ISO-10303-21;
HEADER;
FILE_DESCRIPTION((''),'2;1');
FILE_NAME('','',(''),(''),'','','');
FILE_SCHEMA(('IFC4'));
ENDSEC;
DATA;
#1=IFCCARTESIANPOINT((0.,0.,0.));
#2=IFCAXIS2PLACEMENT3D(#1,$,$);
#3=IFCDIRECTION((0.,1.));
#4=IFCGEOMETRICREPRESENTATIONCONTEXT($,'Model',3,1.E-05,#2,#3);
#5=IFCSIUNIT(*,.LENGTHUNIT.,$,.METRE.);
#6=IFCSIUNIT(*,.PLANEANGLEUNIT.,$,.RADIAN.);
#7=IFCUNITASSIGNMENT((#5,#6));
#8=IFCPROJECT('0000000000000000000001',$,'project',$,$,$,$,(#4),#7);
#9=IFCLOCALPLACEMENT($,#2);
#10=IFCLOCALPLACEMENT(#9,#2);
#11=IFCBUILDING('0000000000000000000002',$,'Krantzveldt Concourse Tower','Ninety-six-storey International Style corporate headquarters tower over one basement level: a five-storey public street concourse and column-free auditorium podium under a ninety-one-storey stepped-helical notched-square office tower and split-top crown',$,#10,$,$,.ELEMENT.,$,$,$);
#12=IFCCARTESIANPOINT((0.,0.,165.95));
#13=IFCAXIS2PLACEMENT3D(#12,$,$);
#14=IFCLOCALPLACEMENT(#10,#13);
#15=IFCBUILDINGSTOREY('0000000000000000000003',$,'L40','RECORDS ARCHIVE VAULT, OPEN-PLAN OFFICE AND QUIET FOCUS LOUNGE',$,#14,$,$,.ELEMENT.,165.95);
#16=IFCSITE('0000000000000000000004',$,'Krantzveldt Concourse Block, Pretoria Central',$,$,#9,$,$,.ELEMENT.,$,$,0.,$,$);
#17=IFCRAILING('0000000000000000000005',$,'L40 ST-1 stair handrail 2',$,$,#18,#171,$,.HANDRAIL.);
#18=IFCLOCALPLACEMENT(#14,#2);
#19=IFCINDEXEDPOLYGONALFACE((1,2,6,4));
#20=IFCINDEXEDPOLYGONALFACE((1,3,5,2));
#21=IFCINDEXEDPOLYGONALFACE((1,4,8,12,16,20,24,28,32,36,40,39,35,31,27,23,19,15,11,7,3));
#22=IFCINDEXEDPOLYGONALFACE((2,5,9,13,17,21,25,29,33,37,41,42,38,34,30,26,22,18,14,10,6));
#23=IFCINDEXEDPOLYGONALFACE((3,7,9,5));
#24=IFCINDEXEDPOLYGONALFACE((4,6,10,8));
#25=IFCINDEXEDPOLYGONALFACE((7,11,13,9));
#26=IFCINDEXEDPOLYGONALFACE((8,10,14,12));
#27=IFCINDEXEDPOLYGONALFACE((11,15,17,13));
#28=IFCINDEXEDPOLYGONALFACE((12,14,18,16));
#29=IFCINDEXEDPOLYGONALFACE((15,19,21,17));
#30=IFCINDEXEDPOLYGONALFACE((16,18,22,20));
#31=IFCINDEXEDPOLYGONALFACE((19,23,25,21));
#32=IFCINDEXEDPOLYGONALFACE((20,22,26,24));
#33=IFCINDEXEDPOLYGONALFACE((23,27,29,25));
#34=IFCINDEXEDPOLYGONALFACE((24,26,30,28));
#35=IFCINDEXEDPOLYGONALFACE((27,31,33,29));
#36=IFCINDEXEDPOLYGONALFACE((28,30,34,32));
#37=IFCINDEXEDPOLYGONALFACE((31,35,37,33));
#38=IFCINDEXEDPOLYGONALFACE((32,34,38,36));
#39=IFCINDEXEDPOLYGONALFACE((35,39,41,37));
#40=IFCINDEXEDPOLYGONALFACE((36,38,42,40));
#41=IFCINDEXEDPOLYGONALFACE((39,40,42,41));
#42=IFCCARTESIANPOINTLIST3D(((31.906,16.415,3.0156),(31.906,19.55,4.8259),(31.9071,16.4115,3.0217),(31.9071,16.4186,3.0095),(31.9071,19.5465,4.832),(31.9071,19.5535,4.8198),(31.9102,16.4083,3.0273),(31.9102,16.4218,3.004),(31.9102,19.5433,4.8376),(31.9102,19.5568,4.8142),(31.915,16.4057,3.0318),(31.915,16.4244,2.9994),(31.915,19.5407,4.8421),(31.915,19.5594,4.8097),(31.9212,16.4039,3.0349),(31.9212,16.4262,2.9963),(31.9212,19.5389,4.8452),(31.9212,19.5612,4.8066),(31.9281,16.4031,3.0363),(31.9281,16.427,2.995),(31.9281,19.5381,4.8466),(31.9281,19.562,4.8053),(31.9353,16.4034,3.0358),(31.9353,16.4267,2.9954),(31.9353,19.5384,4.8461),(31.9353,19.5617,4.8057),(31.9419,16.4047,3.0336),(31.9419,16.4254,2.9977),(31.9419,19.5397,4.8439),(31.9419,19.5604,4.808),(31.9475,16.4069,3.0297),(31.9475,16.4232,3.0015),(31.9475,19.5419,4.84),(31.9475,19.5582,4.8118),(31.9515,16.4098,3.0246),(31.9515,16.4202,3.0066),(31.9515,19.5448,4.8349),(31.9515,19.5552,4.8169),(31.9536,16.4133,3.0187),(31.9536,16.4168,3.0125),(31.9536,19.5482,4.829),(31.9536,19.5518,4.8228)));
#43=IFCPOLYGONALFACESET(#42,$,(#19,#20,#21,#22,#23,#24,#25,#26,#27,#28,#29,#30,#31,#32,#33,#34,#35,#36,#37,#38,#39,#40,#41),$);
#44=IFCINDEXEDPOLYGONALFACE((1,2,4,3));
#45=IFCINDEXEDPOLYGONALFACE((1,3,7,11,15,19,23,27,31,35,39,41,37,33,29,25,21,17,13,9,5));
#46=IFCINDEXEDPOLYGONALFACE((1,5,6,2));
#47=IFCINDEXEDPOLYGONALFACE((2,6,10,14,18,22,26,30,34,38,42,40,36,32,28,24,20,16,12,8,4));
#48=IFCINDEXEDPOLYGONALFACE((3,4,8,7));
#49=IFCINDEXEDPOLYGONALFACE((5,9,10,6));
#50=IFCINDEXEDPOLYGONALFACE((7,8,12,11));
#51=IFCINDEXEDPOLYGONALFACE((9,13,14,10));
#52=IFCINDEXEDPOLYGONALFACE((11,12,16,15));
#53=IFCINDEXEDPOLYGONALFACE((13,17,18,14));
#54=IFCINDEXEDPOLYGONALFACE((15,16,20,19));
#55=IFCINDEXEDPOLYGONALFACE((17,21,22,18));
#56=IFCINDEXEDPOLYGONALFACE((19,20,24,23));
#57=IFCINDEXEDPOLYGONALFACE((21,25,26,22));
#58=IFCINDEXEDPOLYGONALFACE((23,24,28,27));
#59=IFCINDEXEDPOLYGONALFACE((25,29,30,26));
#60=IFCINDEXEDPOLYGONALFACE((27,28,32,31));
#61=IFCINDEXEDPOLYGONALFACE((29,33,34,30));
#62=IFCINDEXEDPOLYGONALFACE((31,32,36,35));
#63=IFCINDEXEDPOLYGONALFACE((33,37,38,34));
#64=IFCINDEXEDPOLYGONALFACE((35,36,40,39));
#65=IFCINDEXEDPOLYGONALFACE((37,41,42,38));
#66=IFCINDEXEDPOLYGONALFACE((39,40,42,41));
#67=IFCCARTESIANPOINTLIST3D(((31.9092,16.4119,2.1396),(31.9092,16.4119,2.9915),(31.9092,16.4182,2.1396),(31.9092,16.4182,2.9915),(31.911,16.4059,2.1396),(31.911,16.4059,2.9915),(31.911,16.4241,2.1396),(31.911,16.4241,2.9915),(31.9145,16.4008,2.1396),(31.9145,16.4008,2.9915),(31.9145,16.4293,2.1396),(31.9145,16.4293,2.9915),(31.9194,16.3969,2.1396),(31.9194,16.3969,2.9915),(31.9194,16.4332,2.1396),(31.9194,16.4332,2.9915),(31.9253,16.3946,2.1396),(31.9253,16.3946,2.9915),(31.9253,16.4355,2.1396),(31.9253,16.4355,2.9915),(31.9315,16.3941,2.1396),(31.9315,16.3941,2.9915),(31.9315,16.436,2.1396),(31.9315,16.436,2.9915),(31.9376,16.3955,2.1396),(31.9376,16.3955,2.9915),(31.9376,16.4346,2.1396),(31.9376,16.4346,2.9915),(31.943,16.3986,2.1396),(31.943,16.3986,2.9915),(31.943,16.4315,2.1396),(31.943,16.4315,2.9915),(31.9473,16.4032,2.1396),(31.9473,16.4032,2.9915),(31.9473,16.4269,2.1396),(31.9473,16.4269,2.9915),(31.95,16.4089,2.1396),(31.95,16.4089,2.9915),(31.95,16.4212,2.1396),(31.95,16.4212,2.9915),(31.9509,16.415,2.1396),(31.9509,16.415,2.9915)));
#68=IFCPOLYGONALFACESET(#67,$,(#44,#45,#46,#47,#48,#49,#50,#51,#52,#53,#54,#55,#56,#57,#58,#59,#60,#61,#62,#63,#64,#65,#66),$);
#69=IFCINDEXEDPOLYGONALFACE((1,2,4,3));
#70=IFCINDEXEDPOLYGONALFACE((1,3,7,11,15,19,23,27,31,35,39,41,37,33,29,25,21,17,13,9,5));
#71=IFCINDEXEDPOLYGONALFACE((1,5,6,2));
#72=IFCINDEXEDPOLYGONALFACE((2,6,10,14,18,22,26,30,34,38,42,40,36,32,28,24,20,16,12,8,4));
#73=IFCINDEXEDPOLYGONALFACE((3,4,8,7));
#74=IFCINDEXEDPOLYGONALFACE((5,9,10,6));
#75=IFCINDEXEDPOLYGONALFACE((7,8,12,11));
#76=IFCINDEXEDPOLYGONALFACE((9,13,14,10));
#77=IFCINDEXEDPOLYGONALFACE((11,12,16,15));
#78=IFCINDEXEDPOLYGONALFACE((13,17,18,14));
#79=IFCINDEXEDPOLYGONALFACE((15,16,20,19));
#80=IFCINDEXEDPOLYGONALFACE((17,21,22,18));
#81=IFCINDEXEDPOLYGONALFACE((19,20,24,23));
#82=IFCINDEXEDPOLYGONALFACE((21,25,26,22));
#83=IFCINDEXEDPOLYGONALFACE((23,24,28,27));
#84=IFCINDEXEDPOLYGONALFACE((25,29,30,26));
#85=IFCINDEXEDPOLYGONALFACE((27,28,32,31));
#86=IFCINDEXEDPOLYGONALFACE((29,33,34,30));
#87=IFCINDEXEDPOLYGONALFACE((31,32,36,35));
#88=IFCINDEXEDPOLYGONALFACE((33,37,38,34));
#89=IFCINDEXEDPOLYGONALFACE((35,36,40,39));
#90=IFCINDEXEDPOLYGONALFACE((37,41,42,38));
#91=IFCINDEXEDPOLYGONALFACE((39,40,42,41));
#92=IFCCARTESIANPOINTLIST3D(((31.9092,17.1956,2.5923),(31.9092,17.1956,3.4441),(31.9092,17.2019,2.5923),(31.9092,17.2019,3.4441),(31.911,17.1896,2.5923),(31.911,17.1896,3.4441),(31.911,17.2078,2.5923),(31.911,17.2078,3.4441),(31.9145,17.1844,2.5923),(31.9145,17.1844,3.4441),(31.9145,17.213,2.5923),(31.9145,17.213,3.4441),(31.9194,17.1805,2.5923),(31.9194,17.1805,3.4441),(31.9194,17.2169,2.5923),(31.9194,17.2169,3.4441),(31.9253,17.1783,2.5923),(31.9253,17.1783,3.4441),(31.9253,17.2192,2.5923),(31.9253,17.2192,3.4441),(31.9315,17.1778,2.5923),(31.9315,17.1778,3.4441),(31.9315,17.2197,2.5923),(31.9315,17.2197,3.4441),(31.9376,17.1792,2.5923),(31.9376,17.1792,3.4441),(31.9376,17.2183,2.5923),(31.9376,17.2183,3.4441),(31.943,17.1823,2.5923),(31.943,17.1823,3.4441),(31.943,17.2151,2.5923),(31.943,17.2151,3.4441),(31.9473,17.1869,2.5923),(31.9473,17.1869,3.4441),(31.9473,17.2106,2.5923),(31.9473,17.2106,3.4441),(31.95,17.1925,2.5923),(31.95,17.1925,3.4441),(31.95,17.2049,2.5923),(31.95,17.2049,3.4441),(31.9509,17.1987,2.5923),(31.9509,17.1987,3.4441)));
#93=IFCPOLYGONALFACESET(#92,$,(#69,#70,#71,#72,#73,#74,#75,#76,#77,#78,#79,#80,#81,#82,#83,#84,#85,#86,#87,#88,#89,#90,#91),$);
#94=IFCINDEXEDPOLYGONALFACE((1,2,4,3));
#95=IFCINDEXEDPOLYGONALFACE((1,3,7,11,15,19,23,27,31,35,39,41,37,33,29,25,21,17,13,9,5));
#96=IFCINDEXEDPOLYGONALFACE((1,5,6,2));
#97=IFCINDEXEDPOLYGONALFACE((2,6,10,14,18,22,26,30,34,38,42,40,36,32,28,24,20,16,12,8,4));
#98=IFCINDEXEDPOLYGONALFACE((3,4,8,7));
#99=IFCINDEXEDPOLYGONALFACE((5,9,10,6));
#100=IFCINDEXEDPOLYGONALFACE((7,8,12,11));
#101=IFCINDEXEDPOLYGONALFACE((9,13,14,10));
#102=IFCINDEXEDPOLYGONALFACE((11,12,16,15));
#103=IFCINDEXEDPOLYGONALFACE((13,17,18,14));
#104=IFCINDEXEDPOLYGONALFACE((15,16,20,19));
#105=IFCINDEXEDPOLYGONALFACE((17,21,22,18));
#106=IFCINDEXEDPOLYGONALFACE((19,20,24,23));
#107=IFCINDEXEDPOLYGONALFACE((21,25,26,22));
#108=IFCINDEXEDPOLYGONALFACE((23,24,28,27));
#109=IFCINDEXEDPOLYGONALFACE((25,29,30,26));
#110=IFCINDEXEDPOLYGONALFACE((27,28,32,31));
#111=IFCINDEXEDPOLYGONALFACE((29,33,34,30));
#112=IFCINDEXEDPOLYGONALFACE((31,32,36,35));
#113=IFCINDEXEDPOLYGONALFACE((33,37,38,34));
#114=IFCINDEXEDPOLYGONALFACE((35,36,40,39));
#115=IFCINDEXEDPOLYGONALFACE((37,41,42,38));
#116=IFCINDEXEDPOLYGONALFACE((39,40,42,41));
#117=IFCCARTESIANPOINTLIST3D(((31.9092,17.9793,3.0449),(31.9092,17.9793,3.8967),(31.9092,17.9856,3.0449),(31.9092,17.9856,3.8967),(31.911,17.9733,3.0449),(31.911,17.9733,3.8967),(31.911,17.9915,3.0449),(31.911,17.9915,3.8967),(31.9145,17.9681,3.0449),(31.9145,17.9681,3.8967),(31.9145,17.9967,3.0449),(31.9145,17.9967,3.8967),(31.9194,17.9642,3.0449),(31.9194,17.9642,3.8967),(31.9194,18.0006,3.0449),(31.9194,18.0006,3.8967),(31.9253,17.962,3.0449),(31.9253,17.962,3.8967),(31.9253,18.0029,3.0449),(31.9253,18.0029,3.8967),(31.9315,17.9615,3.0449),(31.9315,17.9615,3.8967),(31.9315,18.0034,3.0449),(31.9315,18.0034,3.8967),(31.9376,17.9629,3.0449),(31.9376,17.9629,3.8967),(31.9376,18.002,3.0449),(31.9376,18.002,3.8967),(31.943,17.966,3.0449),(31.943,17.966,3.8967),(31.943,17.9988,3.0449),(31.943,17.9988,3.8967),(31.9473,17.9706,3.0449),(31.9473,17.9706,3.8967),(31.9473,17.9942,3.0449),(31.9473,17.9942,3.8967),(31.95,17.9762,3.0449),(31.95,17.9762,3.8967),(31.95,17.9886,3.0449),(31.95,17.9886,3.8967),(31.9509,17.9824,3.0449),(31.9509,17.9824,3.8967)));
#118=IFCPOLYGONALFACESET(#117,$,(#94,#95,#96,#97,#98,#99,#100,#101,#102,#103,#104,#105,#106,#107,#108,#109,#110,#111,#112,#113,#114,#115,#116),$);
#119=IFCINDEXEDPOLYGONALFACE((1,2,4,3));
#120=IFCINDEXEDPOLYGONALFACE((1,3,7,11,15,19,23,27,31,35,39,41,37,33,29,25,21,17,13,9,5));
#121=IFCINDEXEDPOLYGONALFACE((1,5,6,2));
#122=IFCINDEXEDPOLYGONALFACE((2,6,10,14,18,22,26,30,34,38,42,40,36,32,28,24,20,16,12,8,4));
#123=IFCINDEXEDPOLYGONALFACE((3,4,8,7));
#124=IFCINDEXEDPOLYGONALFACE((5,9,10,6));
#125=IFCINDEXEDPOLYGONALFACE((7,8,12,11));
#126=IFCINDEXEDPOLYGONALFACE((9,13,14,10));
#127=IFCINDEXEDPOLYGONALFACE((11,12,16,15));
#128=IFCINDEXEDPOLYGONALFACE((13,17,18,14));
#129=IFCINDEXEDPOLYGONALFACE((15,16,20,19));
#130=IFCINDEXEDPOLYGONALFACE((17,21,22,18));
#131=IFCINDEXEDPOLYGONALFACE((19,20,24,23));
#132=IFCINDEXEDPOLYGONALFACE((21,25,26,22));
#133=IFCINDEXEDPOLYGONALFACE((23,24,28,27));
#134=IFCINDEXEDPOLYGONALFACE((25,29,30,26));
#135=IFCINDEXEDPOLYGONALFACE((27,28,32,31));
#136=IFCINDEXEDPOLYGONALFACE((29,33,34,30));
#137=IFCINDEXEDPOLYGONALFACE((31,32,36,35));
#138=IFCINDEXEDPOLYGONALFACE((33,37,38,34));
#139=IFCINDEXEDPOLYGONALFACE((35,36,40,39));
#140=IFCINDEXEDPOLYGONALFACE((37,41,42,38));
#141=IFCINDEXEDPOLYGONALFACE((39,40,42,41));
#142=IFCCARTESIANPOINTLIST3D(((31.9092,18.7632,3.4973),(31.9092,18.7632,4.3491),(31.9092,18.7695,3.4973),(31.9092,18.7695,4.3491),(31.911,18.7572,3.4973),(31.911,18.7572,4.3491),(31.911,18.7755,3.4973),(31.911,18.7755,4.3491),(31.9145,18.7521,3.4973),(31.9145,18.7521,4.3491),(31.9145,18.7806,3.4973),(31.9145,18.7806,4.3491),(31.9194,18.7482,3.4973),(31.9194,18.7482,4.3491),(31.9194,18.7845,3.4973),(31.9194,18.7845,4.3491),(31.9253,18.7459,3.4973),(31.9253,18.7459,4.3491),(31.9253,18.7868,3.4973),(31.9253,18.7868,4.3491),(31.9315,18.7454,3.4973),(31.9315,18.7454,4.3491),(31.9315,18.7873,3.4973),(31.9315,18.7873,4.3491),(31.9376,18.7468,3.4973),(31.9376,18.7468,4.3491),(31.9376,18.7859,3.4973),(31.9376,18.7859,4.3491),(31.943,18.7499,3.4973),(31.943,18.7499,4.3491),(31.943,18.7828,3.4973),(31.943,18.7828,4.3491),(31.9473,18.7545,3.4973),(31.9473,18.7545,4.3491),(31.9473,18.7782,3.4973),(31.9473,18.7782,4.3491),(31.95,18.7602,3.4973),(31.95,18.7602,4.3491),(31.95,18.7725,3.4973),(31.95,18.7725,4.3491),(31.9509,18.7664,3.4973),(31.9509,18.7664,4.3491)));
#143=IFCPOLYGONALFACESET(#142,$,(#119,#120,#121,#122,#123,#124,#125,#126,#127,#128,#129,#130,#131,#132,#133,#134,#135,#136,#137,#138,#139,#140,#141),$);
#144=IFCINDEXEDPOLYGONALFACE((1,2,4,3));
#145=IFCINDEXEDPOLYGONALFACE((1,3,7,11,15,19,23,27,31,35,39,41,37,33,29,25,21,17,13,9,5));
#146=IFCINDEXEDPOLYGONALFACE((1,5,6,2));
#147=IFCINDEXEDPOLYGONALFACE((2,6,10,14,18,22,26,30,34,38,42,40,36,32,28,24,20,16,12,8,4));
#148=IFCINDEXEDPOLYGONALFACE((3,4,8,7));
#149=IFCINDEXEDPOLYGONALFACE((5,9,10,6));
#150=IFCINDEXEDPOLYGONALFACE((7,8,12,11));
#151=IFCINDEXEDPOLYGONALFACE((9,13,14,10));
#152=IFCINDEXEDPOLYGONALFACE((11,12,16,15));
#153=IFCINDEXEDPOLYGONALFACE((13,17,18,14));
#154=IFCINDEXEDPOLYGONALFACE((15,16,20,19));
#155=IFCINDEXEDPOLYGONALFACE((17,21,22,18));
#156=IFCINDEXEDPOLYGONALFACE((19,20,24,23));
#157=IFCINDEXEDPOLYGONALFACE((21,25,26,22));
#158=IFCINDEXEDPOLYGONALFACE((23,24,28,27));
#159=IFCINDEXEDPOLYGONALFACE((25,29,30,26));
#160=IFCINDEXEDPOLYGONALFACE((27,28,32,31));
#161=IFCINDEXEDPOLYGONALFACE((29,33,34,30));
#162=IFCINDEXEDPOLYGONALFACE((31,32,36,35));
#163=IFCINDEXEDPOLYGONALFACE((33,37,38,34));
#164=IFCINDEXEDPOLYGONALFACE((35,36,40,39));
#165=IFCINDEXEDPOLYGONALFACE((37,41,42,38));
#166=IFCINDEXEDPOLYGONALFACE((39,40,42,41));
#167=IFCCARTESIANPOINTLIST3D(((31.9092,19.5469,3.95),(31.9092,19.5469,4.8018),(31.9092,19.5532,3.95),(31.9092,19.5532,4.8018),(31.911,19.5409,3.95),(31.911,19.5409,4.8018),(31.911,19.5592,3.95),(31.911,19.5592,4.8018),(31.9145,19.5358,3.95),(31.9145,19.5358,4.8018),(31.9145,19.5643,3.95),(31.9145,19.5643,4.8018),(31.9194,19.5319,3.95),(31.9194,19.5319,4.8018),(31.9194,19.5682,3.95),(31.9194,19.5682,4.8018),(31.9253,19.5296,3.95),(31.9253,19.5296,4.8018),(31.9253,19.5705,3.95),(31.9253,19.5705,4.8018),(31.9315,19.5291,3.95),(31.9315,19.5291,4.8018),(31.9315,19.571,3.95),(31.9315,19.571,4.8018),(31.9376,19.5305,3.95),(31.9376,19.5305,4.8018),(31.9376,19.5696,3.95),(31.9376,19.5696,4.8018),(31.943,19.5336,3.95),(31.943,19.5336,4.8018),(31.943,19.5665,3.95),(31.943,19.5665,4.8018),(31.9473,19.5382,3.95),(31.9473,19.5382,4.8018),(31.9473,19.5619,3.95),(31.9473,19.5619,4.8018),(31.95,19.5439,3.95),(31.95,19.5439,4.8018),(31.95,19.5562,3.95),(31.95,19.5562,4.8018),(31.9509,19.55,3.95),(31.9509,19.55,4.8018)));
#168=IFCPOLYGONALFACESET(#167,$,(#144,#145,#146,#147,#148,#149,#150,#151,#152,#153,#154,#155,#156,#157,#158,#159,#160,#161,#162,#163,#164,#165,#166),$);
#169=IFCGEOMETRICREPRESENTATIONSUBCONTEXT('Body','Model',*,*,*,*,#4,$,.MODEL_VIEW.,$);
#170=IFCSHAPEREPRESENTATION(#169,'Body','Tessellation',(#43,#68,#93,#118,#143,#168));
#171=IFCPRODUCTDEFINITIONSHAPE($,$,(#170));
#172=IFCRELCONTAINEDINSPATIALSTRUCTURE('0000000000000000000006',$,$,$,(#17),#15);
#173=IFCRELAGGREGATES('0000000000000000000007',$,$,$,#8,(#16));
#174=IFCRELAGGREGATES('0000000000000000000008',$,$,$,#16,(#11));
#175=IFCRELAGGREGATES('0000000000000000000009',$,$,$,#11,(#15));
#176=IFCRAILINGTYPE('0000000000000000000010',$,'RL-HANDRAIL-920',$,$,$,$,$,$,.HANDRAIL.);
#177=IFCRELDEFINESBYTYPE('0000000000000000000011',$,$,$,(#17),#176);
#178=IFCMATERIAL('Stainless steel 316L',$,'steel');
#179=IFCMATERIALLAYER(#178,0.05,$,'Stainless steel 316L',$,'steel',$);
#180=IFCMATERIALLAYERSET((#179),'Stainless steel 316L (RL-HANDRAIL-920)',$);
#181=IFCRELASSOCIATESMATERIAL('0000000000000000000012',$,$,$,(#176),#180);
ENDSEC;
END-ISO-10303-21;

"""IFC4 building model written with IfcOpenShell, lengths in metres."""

from ifc_helpers import new_model, si_unit, direction, frame, origin, origin_2d, place, context, subcontext, project, spatial, circle, extrude, material, layer, layer_set, type_object, element, save


model = new_model("IFC4")

# Units and contexts
model_context = context("Model", 3, precision=1e-05, world=origin(), true_north=direction((0.0, 1.0)))
body_context = subcontext(model_context, "Body", "Model", "MODEL_VIEW")
ifc_project = project(units=[si_unit("LENGTHUNIT", "METRE"), si_unit("PLANEANGLEUNIT", "RADIAN")], contexts=[model_context])

# Site, building, storey
site_placement = place(None, origin())
site = spatial("IfcSite", under=ifc_project, at=site_placement, Name="Krantzveldt Concourse Block, Pretoria Central", CompositionType="ELEMENT", RefElevation=0.0)
building_placement = place(site_placement, origin())
building = spatial("IfcBuilding", under=site, at=building_placement, Name="Krantzveldt Concourse Tower", Description="Ninety-six-storey International Style corporate headquarters tower over one basement level: a five-storey public street concourse and column-free auditorium podium under a ninety-one-storey stepped-helical notched-square office tower and split-top crown", CompositionType="ELEMENT")
storey_placement = place(building_placement, frame((0.0, 0.0, 165.95)))
storey = spatial("IfcBuildingStorey", under=building, at=storey_placement, Name="L40", Description="RECORDS ARCHIVE VAULT, OPEN-PLAN OFFICE AND QUIET FOCUS LOUNGE", CompositionType="ELEMENT", Elevation=165.95)

# Railing
ifc_material_1 = material(Name="Stainless steel 316L", Category="steel")
ifc_layer_1 = layer(ifc_material_1, 0.05, Name="Stainless steel 316L", Category="steel")
ifc_layer_set_1 = layer_set([ifc_layer_1], Name="Stainless steel 316L (RL-HANDRAIL-920)")
railing_type_1 = type_object("IfcRailingType", Name="RL-HANDRAIL-920", PredefinedType="HANDRAIL", material=ifc_layer_set_1)
railing_1_placement = place(storey_placement, frame((31.9299, 16.415, 2.1396)))
element("IfcRailing", 1, at=railing_1_placement, inside=storey, type_object=railing_type_1, Name="L40 ST-1 stair handrail 2", PredefinedType="HANDRAIL", context=body_context, shape_type="SweptSolid", body=[
    extrude(circle(Radius=0.0239, at=origin_2d()), frame((0.0, 0.0, 0.876), z_axis=(0.0, 0.865989, 0.500063), x_axis=(-1.0, 0.0, 0.0)), (0.0, 0.0, 1.0), 3.6201),
    extrude(circle(Radius=0.021, at=origin_2d()), origin(), (0.0, 0.0, 1.0), 0.8518),
    extrude(circle(Radius=0.021, at=origin_2d()), frame((0.0, 0.7837, 0.4526)), (0.0, 0.0, 1.0), 0.8518),
    extrude(circle(Radius=0.021, at=origin_2d()), frame((0.0, 1.5674, 0.9053)), (0.0, 0.0, 1.0), 0.8518),
    extrude(circle(Radius=0.021, at=origin_2d()), frame((0.0, 2.3513, 1.3577)), (0.0, 0.0, 1.0), 0.8518),
    extrude(circle(Radius=0.021, at=origin_2d()), frame((0.0, 3.135, 1.8103)), (0.0, 0.0, 1.0), 0.8518),
])

save(model, "model.ifc")
